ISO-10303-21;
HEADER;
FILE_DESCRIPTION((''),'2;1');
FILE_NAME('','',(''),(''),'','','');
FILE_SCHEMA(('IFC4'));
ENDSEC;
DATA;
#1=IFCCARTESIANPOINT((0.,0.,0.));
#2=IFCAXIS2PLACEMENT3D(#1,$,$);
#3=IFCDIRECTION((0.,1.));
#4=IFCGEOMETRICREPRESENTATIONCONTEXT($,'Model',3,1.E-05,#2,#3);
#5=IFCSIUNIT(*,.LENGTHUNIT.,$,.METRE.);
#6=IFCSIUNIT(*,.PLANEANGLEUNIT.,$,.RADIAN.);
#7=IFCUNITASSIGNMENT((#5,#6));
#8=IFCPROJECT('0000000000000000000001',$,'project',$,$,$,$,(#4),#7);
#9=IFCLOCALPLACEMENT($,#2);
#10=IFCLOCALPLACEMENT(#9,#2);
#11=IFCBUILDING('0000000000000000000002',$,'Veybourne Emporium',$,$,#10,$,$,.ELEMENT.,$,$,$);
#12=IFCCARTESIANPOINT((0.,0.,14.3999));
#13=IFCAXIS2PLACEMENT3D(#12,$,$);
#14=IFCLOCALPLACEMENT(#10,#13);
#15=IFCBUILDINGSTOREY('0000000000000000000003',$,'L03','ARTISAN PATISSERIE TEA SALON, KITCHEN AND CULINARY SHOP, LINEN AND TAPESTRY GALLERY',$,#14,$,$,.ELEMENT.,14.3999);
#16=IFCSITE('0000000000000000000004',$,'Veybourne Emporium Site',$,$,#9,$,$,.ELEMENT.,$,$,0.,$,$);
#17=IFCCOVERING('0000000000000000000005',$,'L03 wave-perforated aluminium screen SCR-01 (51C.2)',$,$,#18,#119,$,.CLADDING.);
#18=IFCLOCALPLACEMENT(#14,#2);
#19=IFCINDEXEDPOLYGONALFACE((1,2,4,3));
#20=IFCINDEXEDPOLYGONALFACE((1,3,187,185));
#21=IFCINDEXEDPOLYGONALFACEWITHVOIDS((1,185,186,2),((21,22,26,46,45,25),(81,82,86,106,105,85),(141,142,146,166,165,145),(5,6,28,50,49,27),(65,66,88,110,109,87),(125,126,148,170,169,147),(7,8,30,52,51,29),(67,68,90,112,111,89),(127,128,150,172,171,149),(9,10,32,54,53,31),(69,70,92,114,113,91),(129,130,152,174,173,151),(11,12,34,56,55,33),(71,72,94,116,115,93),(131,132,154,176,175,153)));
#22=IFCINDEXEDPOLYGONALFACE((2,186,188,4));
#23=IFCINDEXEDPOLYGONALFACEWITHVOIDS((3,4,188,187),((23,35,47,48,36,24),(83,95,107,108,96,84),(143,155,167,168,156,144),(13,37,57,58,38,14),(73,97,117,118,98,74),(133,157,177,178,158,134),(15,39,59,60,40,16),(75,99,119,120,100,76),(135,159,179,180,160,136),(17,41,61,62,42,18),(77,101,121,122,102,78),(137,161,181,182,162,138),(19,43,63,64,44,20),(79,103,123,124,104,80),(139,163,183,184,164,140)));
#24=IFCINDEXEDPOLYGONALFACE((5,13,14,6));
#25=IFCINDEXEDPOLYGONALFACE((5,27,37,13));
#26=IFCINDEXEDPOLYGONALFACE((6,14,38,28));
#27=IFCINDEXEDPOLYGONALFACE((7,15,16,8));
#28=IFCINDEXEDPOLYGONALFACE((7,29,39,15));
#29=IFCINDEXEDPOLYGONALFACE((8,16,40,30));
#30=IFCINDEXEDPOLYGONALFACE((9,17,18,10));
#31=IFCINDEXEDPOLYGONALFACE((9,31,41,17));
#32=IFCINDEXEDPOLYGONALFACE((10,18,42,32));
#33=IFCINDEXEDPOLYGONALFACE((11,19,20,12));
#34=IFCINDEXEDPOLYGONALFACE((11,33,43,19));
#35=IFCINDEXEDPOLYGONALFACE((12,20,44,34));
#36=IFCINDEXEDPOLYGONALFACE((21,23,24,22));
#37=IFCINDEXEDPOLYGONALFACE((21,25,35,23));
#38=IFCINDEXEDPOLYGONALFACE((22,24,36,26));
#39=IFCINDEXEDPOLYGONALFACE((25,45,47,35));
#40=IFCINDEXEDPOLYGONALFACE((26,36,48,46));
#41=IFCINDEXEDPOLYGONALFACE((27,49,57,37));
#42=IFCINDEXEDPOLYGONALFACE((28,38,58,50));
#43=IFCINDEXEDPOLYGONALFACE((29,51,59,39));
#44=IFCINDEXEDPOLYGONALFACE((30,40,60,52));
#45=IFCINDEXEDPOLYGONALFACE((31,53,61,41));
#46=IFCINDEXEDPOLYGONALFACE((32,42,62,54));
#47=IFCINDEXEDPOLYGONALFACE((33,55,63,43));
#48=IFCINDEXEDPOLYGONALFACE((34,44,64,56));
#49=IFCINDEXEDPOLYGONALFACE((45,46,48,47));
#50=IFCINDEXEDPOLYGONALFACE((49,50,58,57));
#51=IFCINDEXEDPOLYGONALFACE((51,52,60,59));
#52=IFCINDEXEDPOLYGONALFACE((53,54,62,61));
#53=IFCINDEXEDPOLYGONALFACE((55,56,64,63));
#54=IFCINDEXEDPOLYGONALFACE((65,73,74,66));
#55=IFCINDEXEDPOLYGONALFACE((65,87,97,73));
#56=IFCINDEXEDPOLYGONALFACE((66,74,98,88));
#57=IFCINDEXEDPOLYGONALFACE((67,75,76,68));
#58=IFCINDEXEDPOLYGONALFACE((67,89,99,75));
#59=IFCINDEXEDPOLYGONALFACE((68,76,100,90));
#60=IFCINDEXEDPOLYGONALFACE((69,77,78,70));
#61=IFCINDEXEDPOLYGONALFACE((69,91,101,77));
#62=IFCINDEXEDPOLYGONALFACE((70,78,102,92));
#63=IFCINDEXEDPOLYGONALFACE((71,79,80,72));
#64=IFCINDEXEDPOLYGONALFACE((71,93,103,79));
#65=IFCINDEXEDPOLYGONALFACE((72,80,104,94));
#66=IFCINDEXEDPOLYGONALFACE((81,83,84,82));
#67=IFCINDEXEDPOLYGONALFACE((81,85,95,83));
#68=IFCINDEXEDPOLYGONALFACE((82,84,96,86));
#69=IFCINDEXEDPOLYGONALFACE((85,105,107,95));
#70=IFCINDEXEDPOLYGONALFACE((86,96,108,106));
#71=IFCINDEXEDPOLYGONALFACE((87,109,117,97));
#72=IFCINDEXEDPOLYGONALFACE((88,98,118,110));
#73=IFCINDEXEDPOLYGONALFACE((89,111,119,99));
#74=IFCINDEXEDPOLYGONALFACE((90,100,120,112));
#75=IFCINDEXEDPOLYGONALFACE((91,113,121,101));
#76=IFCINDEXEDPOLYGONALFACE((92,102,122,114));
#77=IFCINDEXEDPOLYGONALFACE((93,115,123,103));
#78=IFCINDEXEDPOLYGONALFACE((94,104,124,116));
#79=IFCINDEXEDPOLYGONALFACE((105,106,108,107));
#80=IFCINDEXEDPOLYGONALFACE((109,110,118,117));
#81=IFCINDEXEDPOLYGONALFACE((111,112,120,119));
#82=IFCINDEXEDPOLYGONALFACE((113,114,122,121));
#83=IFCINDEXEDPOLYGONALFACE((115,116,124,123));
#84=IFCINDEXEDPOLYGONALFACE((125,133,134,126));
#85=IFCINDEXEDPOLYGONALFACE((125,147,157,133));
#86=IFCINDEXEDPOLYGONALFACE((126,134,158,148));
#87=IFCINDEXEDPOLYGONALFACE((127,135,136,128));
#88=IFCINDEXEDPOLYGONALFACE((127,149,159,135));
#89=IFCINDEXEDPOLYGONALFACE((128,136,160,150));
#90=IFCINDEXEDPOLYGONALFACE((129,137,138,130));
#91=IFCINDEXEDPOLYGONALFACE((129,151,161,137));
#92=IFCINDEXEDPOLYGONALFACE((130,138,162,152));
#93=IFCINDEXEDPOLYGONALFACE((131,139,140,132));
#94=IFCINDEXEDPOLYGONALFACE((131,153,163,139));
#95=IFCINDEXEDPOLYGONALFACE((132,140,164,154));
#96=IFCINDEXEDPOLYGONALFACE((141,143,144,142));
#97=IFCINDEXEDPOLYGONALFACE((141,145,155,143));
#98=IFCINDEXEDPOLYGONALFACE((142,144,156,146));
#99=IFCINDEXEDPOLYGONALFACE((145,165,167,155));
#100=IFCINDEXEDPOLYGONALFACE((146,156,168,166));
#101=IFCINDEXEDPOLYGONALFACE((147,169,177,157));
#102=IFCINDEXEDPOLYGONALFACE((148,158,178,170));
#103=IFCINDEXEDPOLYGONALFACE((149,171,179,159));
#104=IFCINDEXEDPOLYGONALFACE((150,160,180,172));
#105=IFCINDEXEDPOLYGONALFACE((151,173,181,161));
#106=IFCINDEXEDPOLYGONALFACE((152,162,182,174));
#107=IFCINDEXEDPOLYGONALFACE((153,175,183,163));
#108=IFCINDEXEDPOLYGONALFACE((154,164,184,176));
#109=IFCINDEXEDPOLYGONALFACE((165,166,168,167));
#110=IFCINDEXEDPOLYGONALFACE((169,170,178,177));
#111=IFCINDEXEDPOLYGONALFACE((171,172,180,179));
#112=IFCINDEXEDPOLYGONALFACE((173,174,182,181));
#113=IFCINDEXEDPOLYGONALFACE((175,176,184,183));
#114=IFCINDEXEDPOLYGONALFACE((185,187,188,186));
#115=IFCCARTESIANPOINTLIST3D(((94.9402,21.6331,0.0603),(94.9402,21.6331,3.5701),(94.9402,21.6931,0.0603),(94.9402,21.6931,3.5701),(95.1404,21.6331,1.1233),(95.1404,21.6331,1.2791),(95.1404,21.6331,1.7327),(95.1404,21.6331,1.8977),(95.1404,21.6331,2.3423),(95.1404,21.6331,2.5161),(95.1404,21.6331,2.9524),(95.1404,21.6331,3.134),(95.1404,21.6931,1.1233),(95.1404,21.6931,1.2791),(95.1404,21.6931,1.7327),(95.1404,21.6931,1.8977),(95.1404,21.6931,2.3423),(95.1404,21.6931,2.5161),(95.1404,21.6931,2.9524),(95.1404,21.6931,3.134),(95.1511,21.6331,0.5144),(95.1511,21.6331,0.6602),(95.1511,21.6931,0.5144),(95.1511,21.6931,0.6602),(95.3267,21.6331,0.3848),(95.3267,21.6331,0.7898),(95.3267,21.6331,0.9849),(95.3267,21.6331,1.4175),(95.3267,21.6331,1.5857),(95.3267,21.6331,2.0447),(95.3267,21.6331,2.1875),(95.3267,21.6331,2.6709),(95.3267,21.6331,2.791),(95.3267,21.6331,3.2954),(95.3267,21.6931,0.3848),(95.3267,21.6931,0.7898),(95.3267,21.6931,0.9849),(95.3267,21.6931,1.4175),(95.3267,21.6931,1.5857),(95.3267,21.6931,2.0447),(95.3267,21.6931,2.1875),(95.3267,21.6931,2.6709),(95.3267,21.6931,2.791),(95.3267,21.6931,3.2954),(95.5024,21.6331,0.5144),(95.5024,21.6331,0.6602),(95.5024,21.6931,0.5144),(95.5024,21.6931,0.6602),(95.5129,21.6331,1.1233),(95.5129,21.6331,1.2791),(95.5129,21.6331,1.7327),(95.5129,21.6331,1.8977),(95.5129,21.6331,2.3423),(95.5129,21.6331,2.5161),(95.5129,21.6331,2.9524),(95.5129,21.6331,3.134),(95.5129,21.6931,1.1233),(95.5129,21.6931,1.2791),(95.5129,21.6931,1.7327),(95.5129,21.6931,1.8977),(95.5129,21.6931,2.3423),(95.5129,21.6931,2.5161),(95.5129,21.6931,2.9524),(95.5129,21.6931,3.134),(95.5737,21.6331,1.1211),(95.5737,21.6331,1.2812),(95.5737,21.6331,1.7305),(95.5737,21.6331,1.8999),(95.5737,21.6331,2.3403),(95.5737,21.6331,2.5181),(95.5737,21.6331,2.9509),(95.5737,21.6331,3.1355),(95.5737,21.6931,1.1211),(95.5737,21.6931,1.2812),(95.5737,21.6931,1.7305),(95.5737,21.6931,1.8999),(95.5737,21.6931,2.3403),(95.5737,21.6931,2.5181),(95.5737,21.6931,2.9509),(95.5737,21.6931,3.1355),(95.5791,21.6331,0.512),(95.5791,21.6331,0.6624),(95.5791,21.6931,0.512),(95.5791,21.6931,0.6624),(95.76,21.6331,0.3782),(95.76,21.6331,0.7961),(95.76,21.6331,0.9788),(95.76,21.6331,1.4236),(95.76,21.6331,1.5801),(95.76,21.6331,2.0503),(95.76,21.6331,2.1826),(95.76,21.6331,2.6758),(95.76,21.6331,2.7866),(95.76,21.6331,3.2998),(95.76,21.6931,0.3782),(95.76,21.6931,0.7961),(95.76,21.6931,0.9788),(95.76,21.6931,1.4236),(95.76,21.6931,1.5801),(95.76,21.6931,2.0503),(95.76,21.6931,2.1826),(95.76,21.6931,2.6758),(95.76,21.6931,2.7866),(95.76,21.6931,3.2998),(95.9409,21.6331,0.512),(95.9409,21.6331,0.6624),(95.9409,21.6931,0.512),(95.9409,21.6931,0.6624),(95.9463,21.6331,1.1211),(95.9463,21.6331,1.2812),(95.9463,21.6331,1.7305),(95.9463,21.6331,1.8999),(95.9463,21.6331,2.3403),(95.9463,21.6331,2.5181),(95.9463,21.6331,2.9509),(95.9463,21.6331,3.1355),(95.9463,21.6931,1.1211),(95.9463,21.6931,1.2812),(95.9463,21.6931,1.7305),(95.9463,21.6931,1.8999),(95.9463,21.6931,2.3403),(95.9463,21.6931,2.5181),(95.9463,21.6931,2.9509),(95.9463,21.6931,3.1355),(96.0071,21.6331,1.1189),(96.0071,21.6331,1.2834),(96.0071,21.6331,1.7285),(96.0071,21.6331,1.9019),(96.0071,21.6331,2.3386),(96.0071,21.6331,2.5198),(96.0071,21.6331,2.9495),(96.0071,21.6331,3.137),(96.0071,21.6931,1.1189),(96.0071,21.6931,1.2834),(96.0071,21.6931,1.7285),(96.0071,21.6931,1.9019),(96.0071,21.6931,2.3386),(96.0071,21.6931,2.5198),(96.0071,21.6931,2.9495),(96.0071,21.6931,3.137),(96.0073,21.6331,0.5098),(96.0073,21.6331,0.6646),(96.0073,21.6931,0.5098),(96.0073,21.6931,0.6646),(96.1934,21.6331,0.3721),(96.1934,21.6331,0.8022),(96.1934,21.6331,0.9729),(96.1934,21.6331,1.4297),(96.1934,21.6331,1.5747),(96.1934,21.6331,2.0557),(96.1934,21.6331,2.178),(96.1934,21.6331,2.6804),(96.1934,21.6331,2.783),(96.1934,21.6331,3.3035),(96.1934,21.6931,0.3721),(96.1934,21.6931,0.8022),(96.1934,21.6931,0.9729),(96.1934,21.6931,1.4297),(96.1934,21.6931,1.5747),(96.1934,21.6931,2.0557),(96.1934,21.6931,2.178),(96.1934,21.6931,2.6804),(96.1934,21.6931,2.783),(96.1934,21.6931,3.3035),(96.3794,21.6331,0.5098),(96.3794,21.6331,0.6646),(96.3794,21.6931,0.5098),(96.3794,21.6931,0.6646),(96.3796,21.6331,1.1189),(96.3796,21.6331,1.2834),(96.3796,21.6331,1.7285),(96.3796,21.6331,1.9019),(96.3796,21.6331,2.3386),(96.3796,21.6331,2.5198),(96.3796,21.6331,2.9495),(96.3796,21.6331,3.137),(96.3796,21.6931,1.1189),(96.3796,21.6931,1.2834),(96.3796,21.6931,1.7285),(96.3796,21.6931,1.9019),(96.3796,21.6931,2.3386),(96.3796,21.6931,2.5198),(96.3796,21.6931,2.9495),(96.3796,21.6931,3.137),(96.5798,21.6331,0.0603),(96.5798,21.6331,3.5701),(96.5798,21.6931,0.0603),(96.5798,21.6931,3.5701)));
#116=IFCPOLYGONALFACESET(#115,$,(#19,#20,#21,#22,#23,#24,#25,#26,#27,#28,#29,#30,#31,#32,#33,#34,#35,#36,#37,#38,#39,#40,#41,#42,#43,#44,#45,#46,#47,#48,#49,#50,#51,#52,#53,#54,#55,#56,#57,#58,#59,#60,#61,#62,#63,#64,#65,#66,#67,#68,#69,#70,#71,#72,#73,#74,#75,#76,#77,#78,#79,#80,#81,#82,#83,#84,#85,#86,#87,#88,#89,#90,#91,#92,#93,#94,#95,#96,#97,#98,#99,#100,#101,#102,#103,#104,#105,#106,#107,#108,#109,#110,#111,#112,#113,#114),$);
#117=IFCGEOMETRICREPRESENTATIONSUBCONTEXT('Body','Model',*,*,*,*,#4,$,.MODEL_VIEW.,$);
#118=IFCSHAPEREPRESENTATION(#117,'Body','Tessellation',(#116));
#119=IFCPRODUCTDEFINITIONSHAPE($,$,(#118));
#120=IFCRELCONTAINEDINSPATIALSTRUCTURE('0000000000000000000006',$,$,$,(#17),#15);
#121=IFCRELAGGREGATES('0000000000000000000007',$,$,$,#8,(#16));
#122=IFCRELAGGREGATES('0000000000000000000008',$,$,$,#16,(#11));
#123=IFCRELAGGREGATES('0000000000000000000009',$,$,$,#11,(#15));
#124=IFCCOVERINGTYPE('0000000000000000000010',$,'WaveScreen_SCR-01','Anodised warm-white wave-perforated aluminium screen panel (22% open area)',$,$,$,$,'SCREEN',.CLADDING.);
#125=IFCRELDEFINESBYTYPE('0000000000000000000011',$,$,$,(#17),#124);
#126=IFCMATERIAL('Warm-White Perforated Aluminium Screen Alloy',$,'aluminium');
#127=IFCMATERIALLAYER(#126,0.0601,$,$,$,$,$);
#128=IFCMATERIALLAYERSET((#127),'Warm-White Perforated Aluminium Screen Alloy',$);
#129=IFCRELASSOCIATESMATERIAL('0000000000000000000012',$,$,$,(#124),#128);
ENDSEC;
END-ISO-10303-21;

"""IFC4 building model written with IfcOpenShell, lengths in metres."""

from ifc_helpers import new_model, si_unit, direction, frame, origin, place, context, subcontext, project, spatial, polyline, outline, extrude, material, layer, layer_set, type_object, element, save


model = new_model("IFC4")

# Units and contexts
model_context = context("Model", 3, precision=1e-05, world=origin(), true_north=direction((0.0, 1.0)))
body_context = subcontext(model_context, "Body", "Model", "MODEL_VIEW")
ifc_project = project(units=[si_unit("LENGTHUNIT", "METRE"), si_unit("PLANEANGLEUNIT", "RADIAN")], contexts=[model_context])

# Site, building, storey
site_placement = place(None, origin())
site = spatial("IfcSite", under=ifc_project, at=site_placement, Name="Veybourne Emporium Site", CompositionType="ELEMENT", RefElevation=0.0)
building_placement = place(site_placement, origin())
building = spatial("IfcBuilding", under=site, at=building_placement, Name="Veybourne Emporium", CompositionType="ELEMENT")
storey_placement = place(building_placement, frame((0.0, 0.0, 14.3999)))
storey = spatial("IfcBuildingStorey", under=building, at=storey_placement, Name="L03", Description="ARTISAN PATISSERIE TEA SALON, KITCHEN AND CULINARY SHOP, LINEN AND TAPESTRY GALLERY", CompositionType="ELEMENT", Elevation=14.3999)

# Covering
ifc_material_1 = material(Name="Warm-White Perforated Aluminium Screen Alloy", Category="aluminium")
ifc_layer_1 = layer(ifc_material_1, 0.0601)
ifc_layer_set_1 = layer_set([ifc_layer_1], Name="Warm-White Perforated Aluminium Screen Alloy")
covering_type_1 = type_object("IfcCoveringType", Name="WaveScreen_SCR-01", Description="Anodised warm-white wave-perforated aluminium screen panel (22% open area)", ElementType="SCREEN", PredefinedType="CLADDING", material=ifc_layer_set_1)
covering_1_placement = place(storey_placement, frame((95.76, 21.6931, 1.8152), z_axis=(0.0, -1.0, 0.0), x_axis=(1.0, 0.0, 0.0)))
element("IfcCovering", 1, at=covering_1_placement, inside=storey, type_object=covering_type_1, Name="L03 wave-perforated aluminium screen SCR-01 (51C.2)", PredefinedType="CLADDING", context=body_context, shape_type="SweptSolid", body=[
    extrude(outline(polyline([(-0.8198, -1.7549), (0.8198, -1.7549), (0.8198, 1.7549), (-0.8198, 1.7549), (-0.8198, -1.7549)]), holes=[polyline([(-0.4333, -1.0254), (-0.2576, -1.155), (-0.2576, -1.3008), (-0.4333, -1.4304), (-0.6089, -1.3008), (-0.6089, -1.155), (-0.4333, -1.0254)]), polyline([(-0.4333, -0.3977), (-0.2471, -0.5361), (-0.2471, -0.6919), (-0.4333, -0.8303), (-0.6196, -0.6919), (-0.6196, -0.5361), (-0.4333, -0.3977)]), polyline([(-0.4333, 0.2295), (-0.2471, 0.0825), (-0.2471, -0.0825), (-0.4333, -0.2295), (-0.6196, -0.0825), (-0.6196, 0.0825), (-0.4333, 0.2295)]), polyline([(-0.4333, 0.8557), (-0.2471, 0.7009), (-0.2471, 0.5271), (-0.4333, 0.3723), (-0.6196, 0.5271), (-0.6196, 0.7009), (-0.4333, 0.8557)]), polyline([(-0.4333, 1.4802), (-0.2471, 1.3188), (-0.2471, 1.1372), (-0.4333, 0.9758), (-0.6196, 1.1372), (-0.6196, 1.3188), (-0.4333, 1.4802)]), polyline([(0.0, -1.019), (0.1809, -1.1528), (0.1809, -1.3032), (0.0, -1.437), (-0.1809, -1.3032), (-0.1809, -1.1528), (0.0, -1.019)]), polyline([(0.0, -0.3916), (0.1863, -0.5339), (0.1863, -0.6941), (0.0, -0.8364), (-0.1863, -0.6941), (-0.1863, -0.5339), (0.0, -0.3916)]), polyline([(0.0, 0.2351), (0.1863, 0.0847), (0.1863, -0.0847), (0.0, -0.2351), (-0.1863, -0.0847), (-0.1863, 0.0847), (0.0, 0.2351)]), polyline([(0.0, 0.8606), (0.1863, 0.7029), (0.1863, 0.5251), (0.0, 0.3674), (-0.1863, 0.5251), (-0.1863, 0.7029), (0.0, 0.8606)]), polyline([(0.0, 1.4846), (0.1863, 1.3203), (0.1863, 1.1357), (0.0, 0.9714), (-0.1863, 1.1357), (-0.1863, 1.3203), (0.0, 1.4846)]), polyline([(0.4333, -1.0129), (0.6194, -1.1506), (0.6194, -1.3054), (0.4333, -1.4431), (0.2473, -1.3054), (0.2473, -1.1506), (0.4333, -1.0129)]), polyline([(0.4333, -0.3855), (0.6196, -0.5317), (0.6196, -0.6963), (0.4333, -0.8423), (0.2471, -0.6963), (0.2471, -0.5317), (0.4333, -0.3855)]), polyline([(0.4333, 0.2405), (0.6196, 0.0867), (0.6196, -0.0867), (0.4333, -0.2405), (0.2471, -0.0867), (0.2471, 0.0867), (0.4333, 0.2405)]), polyline([(0.4333, 0.8652), (0.6196, 0.7046), (0.6196, 0.5234), (0.4333, 0.3628), (0.2471, 0.5234), (0.2471, 0.7046), (0.4333, 0.8652)]), polyline([(0.4333, 1.4883), (0.6196, 1.3218), (0.6196, 1.1343), (0.4333, 0.9678), (0.2471, 1.1343), (0.2471, 1.3218), (0.4333, 1.4883)])]), origin(), (0.0, 0.0, 1.0), 0.0601),
])

save(model, "model.ifc")
